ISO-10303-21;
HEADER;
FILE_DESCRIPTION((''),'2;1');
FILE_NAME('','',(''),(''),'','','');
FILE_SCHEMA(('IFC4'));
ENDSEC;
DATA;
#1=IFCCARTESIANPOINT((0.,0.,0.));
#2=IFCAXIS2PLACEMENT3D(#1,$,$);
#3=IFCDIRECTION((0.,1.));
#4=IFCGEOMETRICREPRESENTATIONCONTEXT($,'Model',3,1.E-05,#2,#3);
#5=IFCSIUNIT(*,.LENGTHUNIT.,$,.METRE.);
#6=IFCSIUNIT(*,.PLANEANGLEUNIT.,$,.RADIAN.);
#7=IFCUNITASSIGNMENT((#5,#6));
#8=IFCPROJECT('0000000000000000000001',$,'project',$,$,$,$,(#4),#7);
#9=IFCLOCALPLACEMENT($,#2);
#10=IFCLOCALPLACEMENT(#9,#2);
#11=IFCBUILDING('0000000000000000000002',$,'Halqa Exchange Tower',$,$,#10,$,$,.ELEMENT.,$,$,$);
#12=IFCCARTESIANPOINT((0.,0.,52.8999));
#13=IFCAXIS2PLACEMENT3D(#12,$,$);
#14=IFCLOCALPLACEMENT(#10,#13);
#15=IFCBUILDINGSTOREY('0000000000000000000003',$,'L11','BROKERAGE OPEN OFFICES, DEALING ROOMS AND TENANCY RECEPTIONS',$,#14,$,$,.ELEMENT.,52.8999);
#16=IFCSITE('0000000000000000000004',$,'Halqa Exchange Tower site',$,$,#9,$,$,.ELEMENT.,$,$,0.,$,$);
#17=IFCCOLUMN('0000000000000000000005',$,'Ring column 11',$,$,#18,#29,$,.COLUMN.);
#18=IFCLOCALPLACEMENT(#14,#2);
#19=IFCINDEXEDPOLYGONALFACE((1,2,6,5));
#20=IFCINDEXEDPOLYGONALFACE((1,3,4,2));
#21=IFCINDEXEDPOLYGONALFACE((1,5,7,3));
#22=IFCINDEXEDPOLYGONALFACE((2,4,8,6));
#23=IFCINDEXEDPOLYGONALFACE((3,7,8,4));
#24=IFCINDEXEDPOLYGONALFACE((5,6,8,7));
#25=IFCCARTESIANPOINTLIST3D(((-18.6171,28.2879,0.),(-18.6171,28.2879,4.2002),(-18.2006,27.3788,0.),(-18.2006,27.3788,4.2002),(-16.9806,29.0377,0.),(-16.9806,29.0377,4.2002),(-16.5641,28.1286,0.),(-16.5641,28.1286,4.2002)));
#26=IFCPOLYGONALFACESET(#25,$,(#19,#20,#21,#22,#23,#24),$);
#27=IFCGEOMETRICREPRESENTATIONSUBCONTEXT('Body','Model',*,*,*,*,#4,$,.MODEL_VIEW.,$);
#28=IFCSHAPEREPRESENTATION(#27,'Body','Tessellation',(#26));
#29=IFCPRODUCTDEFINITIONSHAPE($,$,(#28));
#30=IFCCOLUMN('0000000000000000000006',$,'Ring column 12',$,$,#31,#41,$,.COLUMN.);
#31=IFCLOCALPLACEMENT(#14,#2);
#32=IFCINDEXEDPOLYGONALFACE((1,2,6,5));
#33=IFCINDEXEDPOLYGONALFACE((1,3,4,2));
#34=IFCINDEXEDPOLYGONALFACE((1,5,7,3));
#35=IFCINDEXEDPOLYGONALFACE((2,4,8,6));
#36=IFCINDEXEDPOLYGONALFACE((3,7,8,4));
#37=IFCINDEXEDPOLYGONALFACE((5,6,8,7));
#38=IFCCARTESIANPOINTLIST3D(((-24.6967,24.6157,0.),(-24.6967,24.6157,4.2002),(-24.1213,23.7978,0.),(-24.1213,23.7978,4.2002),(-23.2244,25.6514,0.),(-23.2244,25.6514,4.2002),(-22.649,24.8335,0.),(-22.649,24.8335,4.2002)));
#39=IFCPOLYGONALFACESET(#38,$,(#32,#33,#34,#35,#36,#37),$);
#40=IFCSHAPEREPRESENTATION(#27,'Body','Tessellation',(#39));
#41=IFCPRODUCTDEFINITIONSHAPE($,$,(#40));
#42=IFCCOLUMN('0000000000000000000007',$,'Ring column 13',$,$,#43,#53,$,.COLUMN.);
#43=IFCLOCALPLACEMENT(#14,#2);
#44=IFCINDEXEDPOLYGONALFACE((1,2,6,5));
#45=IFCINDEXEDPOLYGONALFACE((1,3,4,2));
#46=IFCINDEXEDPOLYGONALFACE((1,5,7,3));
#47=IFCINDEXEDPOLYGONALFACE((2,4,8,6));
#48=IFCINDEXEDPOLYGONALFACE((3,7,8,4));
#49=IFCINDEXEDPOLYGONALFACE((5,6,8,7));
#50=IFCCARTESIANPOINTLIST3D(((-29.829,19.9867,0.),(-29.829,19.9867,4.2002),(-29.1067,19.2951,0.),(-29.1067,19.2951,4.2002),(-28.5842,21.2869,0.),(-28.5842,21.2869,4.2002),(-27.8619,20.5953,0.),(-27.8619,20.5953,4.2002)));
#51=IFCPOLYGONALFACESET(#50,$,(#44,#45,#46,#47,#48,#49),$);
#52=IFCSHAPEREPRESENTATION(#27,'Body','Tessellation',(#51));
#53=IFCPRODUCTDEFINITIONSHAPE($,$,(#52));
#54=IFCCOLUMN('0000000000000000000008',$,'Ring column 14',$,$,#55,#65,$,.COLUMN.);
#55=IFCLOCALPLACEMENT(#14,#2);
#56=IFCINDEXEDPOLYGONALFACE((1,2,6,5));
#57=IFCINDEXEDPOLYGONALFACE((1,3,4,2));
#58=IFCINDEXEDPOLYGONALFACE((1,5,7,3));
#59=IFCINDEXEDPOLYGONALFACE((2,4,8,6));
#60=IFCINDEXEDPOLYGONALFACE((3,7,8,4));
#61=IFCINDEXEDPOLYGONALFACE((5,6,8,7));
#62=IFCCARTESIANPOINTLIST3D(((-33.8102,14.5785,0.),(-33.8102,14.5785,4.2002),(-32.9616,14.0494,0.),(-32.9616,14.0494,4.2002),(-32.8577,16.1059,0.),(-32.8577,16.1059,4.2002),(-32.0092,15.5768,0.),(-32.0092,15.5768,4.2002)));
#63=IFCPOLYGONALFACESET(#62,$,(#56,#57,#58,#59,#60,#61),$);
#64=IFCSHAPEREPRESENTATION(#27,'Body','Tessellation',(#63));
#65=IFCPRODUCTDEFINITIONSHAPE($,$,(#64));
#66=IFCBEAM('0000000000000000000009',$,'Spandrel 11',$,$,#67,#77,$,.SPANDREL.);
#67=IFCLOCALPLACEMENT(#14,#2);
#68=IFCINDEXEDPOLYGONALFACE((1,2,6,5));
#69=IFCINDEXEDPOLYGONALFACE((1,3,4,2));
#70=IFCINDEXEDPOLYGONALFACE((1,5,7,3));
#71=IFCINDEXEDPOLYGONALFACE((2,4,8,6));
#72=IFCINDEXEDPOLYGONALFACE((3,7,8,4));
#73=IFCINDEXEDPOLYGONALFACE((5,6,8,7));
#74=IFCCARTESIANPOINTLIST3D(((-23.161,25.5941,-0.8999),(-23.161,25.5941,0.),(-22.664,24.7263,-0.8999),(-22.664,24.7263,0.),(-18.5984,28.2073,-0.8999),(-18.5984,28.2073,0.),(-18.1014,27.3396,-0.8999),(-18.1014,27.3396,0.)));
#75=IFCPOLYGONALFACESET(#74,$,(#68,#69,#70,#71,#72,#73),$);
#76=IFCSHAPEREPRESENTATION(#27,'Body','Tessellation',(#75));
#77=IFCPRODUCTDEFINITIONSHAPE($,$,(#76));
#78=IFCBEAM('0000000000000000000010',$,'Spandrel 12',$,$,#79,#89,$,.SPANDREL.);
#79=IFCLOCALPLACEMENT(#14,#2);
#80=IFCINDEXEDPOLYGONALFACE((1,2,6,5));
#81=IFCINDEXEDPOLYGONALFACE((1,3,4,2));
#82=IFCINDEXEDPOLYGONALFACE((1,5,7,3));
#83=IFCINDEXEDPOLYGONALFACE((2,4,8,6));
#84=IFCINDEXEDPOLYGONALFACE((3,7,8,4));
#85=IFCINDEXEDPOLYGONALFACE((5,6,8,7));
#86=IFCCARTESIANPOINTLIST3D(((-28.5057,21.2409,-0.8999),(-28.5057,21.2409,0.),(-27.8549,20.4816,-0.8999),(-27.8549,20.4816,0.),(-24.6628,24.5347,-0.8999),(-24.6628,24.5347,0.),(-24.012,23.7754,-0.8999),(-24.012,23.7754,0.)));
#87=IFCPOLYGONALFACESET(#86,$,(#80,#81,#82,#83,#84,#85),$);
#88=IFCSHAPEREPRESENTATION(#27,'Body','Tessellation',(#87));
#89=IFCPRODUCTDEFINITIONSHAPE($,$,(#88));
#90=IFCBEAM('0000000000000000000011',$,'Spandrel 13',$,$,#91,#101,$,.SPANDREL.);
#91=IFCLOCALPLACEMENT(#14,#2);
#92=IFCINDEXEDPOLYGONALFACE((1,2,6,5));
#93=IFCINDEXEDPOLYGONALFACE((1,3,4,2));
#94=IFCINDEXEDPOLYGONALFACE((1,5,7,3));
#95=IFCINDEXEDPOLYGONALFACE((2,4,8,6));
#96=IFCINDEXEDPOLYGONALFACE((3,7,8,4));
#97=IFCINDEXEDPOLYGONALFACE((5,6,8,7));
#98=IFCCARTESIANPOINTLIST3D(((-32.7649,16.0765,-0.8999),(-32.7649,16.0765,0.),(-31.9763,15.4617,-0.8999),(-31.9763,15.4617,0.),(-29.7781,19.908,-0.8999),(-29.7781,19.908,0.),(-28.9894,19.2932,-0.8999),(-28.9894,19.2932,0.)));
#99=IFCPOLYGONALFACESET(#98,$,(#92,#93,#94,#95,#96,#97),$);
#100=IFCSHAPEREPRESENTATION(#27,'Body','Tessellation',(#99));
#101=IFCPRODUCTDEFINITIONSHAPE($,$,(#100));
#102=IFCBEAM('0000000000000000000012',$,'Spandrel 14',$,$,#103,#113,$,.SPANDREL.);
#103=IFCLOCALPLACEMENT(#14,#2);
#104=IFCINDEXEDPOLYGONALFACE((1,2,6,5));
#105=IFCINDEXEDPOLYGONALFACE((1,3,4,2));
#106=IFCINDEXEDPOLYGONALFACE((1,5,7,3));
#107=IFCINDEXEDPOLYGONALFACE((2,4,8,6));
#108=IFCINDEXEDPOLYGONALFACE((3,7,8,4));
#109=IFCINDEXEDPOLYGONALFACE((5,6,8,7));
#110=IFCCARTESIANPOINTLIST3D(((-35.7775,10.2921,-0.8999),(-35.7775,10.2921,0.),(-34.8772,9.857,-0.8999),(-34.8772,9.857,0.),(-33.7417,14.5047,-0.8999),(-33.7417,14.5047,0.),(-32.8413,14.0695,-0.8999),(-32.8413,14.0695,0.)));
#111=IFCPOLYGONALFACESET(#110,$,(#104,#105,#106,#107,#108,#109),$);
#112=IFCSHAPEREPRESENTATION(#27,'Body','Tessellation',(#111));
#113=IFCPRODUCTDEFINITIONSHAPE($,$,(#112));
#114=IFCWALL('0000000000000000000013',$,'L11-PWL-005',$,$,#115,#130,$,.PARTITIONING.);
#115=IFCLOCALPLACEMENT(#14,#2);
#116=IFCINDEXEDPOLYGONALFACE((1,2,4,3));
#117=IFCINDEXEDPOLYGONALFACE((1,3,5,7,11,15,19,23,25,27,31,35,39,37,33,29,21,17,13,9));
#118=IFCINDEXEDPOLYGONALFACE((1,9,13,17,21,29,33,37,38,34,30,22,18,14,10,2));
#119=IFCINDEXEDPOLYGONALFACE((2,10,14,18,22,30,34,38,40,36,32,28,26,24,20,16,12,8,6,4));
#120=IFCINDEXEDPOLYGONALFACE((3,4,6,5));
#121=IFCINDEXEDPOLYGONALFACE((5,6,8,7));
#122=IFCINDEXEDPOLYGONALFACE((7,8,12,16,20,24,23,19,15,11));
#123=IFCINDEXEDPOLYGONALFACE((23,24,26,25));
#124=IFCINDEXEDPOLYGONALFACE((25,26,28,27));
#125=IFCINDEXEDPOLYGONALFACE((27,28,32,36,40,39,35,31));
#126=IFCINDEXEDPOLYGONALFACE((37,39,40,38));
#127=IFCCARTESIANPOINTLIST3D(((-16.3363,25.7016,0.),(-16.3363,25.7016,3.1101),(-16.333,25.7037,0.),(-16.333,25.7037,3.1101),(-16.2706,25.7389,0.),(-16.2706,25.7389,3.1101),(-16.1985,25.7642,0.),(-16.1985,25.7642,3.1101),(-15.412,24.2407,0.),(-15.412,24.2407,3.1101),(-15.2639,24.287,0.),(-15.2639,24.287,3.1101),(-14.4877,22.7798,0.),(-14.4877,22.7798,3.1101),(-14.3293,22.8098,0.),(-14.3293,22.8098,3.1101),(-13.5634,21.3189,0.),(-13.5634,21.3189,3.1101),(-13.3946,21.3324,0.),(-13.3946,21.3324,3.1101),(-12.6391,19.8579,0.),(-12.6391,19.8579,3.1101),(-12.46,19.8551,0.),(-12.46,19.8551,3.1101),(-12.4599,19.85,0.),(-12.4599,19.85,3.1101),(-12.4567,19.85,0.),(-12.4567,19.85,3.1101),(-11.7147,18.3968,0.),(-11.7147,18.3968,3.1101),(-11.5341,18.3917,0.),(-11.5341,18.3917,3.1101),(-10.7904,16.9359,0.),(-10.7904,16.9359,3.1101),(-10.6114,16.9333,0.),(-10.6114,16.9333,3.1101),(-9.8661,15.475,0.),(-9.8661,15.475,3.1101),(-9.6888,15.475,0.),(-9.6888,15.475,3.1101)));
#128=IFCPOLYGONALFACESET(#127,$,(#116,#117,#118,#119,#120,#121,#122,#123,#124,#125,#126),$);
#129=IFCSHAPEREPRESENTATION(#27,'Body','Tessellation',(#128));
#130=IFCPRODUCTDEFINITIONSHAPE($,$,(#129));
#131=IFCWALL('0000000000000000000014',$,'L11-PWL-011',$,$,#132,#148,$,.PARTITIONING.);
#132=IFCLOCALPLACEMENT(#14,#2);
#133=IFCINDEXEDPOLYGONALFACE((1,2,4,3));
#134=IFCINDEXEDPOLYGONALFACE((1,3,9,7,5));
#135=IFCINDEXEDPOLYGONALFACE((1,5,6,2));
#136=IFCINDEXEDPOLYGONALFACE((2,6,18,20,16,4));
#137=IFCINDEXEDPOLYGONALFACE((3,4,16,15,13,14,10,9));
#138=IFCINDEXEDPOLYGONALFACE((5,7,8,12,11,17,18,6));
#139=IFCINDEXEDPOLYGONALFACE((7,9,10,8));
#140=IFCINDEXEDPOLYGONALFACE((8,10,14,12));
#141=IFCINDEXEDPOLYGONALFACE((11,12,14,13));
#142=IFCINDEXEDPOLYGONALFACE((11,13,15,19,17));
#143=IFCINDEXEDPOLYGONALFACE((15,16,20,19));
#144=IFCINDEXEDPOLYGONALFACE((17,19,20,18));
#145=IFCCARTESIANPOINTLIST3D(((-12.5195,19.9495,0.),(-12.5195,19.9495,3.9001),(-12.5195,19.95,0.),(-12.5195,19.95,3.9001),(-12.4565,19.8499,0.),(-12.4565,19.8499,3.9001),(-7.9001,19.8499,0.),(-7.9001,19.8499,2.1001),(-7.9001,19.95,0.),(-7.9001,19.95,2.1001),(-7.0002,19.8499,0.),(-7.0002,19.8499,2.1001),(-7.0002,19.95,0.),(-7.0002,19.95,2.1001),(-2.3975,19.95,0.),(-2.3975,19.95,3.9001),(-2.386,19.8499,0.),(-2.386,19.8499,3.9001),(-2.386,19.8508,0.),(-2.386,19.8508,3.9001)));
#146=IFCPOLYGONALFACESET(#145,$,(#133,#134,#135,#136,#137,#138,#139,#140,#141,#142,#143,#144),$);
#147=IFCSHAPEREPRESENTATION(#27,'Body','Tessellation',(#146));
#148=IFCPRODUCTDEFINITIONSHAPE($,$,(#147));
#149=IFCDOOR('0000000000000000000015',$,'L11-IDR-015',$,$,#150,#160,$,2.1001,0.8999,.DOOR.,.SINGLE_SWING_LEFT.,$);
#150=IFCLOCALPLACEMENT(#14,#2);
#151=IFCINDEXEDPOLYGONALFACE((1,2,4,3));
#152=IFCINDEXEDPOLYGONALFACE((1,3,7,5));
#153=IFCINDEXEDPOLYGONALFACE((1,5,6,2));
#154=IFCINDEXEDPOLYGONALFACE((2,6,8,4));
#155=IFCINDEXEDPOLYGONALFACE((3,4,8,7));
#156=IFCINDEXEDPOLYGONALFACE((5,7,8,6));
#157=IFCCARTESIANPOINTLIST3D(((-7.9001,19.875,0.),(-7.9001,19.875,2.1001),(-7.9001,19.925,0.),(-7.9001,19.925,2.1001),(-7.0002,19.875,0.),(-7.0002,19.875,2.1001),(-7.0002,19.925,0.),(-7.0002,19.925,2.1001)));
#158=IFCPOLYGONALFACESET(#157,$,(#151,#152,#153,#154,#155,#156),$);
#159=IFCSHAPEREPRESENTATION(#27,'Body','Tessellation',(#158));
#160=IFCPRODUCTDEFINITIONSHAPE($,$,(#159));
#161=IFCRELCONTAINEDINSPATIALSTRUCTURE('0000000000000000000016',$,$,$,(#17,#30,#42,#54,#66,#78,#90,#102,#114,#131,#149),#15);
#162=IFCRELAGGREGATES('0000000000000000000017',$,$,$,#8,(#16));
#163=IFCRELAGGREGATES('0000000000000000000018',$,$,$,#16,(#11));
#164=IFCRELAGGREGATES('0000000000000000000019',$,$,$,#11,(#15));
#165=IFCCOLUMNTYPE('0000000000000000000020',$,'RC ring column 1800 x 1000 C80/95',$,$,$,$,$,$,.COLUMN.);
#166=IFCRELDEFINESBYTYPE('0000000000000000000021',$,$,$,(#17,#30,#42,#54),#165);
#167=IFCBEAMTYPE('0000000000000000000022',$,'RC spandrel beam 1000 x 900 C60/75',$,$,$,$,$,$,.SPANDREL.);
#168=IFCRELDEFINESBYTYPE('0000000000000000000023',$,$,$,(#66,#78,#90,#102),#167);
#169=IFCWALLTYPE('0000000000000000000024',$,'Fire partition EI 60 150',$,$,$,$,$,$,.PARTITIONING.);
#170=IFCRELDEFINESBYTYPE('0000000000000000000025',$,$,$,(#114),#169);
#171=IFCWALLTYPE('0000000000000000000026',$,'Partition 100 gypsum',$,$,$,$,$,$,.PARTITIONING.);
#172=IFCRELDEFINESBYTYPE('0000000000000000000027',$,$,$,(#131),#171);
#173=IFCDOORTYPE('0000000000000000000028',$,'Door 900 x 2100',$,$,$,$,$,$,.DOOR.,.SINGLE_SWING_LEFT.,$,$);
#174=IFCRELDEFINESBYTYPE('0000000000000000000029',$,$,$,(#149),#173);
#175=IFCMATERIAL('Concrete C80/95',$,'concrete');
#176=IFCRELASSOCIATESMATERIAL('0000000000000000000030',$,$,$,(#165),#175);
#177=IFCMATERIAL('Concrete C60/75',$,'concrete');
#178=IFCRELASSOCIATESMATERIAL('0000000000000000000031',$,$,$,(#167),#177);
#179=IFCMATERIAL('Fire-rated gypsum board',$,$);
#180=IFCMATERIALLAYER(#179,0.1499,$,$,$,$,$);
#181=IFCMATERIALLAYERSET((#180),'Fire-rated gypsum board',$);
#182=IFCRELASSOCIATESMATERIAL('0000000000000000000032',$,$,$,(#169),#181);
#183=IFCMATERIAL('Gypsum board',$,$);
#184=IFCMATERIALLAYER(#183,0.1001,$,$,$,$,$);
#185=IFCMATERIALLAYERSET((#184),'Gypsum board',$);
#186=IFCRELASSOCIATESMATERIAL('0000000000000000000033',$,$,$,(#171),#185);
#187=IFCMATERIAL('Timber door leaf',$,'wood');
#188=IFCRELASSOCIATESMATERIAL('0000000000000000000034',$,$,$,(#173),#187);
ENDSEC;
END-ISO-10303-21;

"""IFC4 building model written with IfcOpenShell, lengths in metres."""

from ifc_helpers import new_model, si_unit, direction, frame, frame_2d, origin, origin_2d, place, context, subcontext, project, spatial, polyline, rectangle, outline, extrude, material, layer, layer_set, material_profile, profile_set, type_object, element, fill, save


model = new_model("IFC4")

# Units and contexts
model_context = context("Model", 3, precision=1e-05, world=origin(), true_north=direction((0.0, 1.0)))
body_context = subcontext(model_context, "Body", "Model", "MODEL_VIEW")
ifc_project = project(units=[si_unit("LENGTHUNIT", "METRE"), si_unit("PLANEANGLEUNIT", "RADIAN")], contexts=[model_context])

# Site, building, storey
site_placement = place(None, origin())
site = spatial("IfcSite", under=ifc_project, at=site_placement, Name="Halqa Exchange Tower site", CompositionType="ELEMENT", RefElevation=0.0)
building_placement = place(site_placement, origin())
building = spatial("IfcBuilding", under=site, at=building_placement, Name="Halqa Exchange Tower", CompositionType="ELEMENT")
storey_placement = place(building_placement, frame((0.0, 0.0, 52.8999)))
storey = spatial("IfcBuildingStorey", under=building, at=storey_placement, Name="L11", Description="BROKERAGE OPEN OFFICES, DEALING ROOMS AND TENANCY RECEPTIONS", CompositionType="ELEMENT", Elevation=52.8999)

# Columns
ifc_material_1 = material(Name="Concrete C80/95", Category="concrete")
ifc_material_profile_1 = material_profile(ifc_material_1, rectangle(XDim=1.8, YDim=1.0, at=origin_2d()), Name="1800 x 1000")
ifc_profile_set_1 = profile_set([ifc_material_profile_1], Name="Concrete C80/95")
column_type = type_object("IfcColumnType", Name="RC ring column 1800 x 1000 C80/95", PredefinedType="COLUMN", material=ifc_profile_set_1)
for number, where, z_axis, x_axis, name in (
    (1, (-17.5906, 28.2083, 0.0), (0.0, 0.0, 1.0), (-0.909127, -0.416519, 0.0), "Ring column 11"),
    (2, (-23.6729, 24.7246, 0.0), (0.0, 0.0, 1.0), (-0.817909, -0.575348, 0.0), "Ring column 12"),
    (3, (-28.8455, 20.291, 0.0), (0.0, 0.0, 1.0), (-0.691576, -0.722304, 0.0), "Ring column 13"),
    (4, (-32.9097, 15.0776, 0.0), (0.0, 0.0, 1.0), (-0.529143, -0.848532, 0.0), "Ring column 14"),
):
    element("IfcColumn", number, at=place(storey_placement, frame(where, z_axis=z_axis, x_axis=x_axis)), inside=storey, type_object=column_type, Name=name, PredefinedType="COLUMN", context=body_context, shape_type="SweptSolid", body=[
        extrude(rectangle(XDim=1.8, YDim=1.0, at=origin_2d()), origin(), (0.0, 0.0, 1.0), 4.2002),
    ])

# Beams
ifc_material_2 = material(Name="Concrete C60/75", Category="concrete")
ifc_material_profile_2 = material_profile(ifc_material_2, rectangle(XDim=1.0, YDim=0.8999, at=origin_2d()), Name="1000 x 900")
ifc_profile_set_2 = profile_set([ifc_material_profile_2], Name="Concrete C60/75")
beam_type = type_object("IfcBeamType", Name="RC spandrel beam 1000 x 900 C60/75", PredefinedType="SPANDREL", material=ifc_profile_set_2)
beam_1_placement = place(storey_placement, frame((-18.3499, 27.7734, -0.45), z_axis=(-0.867751, -0.496999, 0.0), x_axis=(0.496999, -0.867751, 0.0)))
element("IfcBeam", 5, at=beam_1_placement, inside=storey, type_object=beam_type, Name="Spandrel 11", PredefinedType="SPANDREL", context=body_context, shape_type="SweptSolid", body=[
    extrude(rectangle(XDim=1.0, YDim=0.8999, at=origin_2d()), origin(), (0.0, 0.0, 1.0), 5.2581),
])
beam_2_placement = place(storey_placement, frame((-24.3374, 24.155, -0.45), z_axis=(-0.759267, -0.650779, 0.0), x_axis=(0.650779, -0.759267, 0.0)))
element("IfcBeam", 6, at=beam_2_placement, inside=storey, type_object=beam_type, Name="Spandrel 12", PredefinedType="SPANDREL", context=body_context, shape_type="SweptSolid", body=[
    extrude(rectangle(XDim=1.0, YDim=0.8999, at=origin_2d()), origin(), (0.0, 0.0, 1.0), 5.0613),
])
beam_3_placement = place(storey_placement, frame((-29.3838, 19.6006, -0.45), z_axis=(-0.614803, -0.788681, 0.0), x_axis=(0.788681, -0.614803, 0.0)))
element("IfcBeam", 7, at=beam_3_placement, inside=storey, type_object=beam_type, Name="Spandrel 13", PredefinedType="SPANDREL", context=body_context, shape_type="SweptSolid", body=[
    extrude(rectangle(XDim=1.0, YDim=0.8999, at=origin_2d()), origin(), (0.0, 0.0, 1.0), 4.8582),
])
beam_4_placement = place(storey_placement, frame((-33.2915, 14.2871, -0.45), z_axis=(-0.43513, -0.900368, 0.0), x_axis=(0.900368, -0.43513, 0.0)))
element("IfcBeam", 8, at=beam_4_placement, inside=storey, type_object=beam_type, Name="Spandrel 14", PredefinedType="SPANDREL", context=body_context, shape_type="SweptSolid", body=[
    extrude(rectangle(XDim=1.0, YDim=0.8999, at=origin_2d()), origin(), (0.0, 0.0, 1.0), 4.6787),
])

# Wall
ifc_material_3 = material(Name="Fire-rated gypsum board")
ifc_layer_1 = layer(ifc_material_3, 0.1499)
ifc_layer_set_1 = layer_set([ifc_layer_1], Name="Fire-rated gypsum board")
wall_type_1 = type_object("IfcWallType", Name="Fire partition EI 60 150", PredefinedType="PARTITIONING", material=ifc_layer_set_1)
wall_1_placement = place(storey_placement, frame((-16.2729, 25.7417, 0.0), z_axis=(0.0, 0.0, 1.0), x_axis=(0.534655, -0.845071, 0.0)))
element("IfcWall", 9, at=wall_1_placement, inside=storey, type_object=wall_type_1, Name="L11-PWL-005", PredefinedType="PARTITIONING", context=body_context, shape_type="SweptSolid", body=[
    extrude(outline(polyline([(0.0, -0.075), (1.7288, -0.075), (3.4575, -0.075), (5.1863, -0.075), (6.915, -0.075), (8.644, -0.075), (10.3728, -0.075), (12.1016, -0.075), (12.1963, 0.075), (12.1963, 0.075), (10.4707, 0.075), (8.7449, 0.075), (7.0193, 0.075), (7.0176, 0.0723), (7.0132, 0.075), (5.2651, 0.075), (3.5168, 0.075), (1.7688, 0.075), (0.0208, 0.075), (0.0037, 0.0005), (0.0, -0.071), (0.0, -0.075)])), origin(), (0.0, 0.0, 1.0), 3.1101),
])

# Wall, opening, door
ifc_material_4 = material(Name="Gypsum board")
ifc_layer_2 = layer(ifc_material_4, 0.1001)
ifc_layer_set_2 = layer_set([ifc_layer_2], Name="Gypsum board")
wall_type_2 = type_object("IfcWallType", Name="Partition 100 gypsum", PredefinedType="PARTITIONING", material=ifc_layer_set_2)
wall_2_placement = place(storey_placement, frame((-12.5195, 19.8999, 0.0), z_axis=(0.0, 0.0, 1.0), x_axis=(1.0, 0.0, 0.0)))
wall_2 = element("IfcWall", 10, at=wall_2_placement, inside=storey, type_object=wall_type_2, Name="L11-PWL-011", PredefinedType="PARTITIONING", context=body_context, shape_type="SweptSolid", body=[
    extrude(outline(polyline([(10.1335, -0.05), (10.1335, -0.0491), (10.1221, 0.05), (8.4351, 0.05), (6.748, 0.05), (5.061, 0.05), (3.374, 0.05), (1.687, 0.05), (0.0, 0.05), (0.0, 0.0496), (0.063, -0.05), (1.7415, -0.05), (3.4197, -0.05), (5.0981, -0.05), (6.7766, -0.05), (8.4551, -0.05), (10.1335, -0.05)])), origin(), (0.0, 0.0, 1.0), 3.9001),
])
opening_1_placement = place(wall_2_placement, frame((4.6194, 0.0, 0.0)))
opening_1 = element("IfcOpeningElement", 11, at=opening_1_placement, cuts=wall_2, PredefinedType="OPENING", context=body_context, shape_type="SweptSolid", body=[
    extrude(rectangle(XDim=0.8999, YDim=2.1001, at=frame_2d((0.45, 1.05))), frame((0.0, 0.062, 0.0), z_axis=(0.0, -1.0, 0.0), x_axis=(1.0, 0.0, 0.0)), (0.0, 0.0, 1.0), 0.124),
])
ifc_material_5 = material(Name="Timber door leaf", Category="wood")
door_type_1 = type_object("IfcDoorType", Name="Door 900 x 2100", OperationType="SINGLE_SWING_LEFT", PredefinedType="DOOR", material=ifc_material_5)
door_1_placement = place(opening_1_placement, frame((0.8999, 0.0, 0.0), z_axis=(0.0, 0.0, 1.0), x_axis=(-1.0, 0.0, 0.0)))
door_1 = element("IfcDoor", 12, at=door_1_placement, inside=storey, type_object=door_type_1, Name="L11-IDR-015", OperationType="SINGLE_SWING_LEFT", OverallHeight=2.1001, OverallWidth=0.8999, PredefinedType="DOOR", context=body_context, shape_type="SweptSolid", body=[
    extrude(rectangle(XDim=0.8999, YDim=2.1001, at=frame_2d((0.45, 1.05))), frame((0.0, 0.0249, 0.0), z_axis=(0.0, -1.0, 0.0), x_axis=(1.0, 0.0, 0.0)), (0.0, 0.0, 1.0), 0.05),
])
fill(opening_1, door_1)

save(model, "model.ifc")
